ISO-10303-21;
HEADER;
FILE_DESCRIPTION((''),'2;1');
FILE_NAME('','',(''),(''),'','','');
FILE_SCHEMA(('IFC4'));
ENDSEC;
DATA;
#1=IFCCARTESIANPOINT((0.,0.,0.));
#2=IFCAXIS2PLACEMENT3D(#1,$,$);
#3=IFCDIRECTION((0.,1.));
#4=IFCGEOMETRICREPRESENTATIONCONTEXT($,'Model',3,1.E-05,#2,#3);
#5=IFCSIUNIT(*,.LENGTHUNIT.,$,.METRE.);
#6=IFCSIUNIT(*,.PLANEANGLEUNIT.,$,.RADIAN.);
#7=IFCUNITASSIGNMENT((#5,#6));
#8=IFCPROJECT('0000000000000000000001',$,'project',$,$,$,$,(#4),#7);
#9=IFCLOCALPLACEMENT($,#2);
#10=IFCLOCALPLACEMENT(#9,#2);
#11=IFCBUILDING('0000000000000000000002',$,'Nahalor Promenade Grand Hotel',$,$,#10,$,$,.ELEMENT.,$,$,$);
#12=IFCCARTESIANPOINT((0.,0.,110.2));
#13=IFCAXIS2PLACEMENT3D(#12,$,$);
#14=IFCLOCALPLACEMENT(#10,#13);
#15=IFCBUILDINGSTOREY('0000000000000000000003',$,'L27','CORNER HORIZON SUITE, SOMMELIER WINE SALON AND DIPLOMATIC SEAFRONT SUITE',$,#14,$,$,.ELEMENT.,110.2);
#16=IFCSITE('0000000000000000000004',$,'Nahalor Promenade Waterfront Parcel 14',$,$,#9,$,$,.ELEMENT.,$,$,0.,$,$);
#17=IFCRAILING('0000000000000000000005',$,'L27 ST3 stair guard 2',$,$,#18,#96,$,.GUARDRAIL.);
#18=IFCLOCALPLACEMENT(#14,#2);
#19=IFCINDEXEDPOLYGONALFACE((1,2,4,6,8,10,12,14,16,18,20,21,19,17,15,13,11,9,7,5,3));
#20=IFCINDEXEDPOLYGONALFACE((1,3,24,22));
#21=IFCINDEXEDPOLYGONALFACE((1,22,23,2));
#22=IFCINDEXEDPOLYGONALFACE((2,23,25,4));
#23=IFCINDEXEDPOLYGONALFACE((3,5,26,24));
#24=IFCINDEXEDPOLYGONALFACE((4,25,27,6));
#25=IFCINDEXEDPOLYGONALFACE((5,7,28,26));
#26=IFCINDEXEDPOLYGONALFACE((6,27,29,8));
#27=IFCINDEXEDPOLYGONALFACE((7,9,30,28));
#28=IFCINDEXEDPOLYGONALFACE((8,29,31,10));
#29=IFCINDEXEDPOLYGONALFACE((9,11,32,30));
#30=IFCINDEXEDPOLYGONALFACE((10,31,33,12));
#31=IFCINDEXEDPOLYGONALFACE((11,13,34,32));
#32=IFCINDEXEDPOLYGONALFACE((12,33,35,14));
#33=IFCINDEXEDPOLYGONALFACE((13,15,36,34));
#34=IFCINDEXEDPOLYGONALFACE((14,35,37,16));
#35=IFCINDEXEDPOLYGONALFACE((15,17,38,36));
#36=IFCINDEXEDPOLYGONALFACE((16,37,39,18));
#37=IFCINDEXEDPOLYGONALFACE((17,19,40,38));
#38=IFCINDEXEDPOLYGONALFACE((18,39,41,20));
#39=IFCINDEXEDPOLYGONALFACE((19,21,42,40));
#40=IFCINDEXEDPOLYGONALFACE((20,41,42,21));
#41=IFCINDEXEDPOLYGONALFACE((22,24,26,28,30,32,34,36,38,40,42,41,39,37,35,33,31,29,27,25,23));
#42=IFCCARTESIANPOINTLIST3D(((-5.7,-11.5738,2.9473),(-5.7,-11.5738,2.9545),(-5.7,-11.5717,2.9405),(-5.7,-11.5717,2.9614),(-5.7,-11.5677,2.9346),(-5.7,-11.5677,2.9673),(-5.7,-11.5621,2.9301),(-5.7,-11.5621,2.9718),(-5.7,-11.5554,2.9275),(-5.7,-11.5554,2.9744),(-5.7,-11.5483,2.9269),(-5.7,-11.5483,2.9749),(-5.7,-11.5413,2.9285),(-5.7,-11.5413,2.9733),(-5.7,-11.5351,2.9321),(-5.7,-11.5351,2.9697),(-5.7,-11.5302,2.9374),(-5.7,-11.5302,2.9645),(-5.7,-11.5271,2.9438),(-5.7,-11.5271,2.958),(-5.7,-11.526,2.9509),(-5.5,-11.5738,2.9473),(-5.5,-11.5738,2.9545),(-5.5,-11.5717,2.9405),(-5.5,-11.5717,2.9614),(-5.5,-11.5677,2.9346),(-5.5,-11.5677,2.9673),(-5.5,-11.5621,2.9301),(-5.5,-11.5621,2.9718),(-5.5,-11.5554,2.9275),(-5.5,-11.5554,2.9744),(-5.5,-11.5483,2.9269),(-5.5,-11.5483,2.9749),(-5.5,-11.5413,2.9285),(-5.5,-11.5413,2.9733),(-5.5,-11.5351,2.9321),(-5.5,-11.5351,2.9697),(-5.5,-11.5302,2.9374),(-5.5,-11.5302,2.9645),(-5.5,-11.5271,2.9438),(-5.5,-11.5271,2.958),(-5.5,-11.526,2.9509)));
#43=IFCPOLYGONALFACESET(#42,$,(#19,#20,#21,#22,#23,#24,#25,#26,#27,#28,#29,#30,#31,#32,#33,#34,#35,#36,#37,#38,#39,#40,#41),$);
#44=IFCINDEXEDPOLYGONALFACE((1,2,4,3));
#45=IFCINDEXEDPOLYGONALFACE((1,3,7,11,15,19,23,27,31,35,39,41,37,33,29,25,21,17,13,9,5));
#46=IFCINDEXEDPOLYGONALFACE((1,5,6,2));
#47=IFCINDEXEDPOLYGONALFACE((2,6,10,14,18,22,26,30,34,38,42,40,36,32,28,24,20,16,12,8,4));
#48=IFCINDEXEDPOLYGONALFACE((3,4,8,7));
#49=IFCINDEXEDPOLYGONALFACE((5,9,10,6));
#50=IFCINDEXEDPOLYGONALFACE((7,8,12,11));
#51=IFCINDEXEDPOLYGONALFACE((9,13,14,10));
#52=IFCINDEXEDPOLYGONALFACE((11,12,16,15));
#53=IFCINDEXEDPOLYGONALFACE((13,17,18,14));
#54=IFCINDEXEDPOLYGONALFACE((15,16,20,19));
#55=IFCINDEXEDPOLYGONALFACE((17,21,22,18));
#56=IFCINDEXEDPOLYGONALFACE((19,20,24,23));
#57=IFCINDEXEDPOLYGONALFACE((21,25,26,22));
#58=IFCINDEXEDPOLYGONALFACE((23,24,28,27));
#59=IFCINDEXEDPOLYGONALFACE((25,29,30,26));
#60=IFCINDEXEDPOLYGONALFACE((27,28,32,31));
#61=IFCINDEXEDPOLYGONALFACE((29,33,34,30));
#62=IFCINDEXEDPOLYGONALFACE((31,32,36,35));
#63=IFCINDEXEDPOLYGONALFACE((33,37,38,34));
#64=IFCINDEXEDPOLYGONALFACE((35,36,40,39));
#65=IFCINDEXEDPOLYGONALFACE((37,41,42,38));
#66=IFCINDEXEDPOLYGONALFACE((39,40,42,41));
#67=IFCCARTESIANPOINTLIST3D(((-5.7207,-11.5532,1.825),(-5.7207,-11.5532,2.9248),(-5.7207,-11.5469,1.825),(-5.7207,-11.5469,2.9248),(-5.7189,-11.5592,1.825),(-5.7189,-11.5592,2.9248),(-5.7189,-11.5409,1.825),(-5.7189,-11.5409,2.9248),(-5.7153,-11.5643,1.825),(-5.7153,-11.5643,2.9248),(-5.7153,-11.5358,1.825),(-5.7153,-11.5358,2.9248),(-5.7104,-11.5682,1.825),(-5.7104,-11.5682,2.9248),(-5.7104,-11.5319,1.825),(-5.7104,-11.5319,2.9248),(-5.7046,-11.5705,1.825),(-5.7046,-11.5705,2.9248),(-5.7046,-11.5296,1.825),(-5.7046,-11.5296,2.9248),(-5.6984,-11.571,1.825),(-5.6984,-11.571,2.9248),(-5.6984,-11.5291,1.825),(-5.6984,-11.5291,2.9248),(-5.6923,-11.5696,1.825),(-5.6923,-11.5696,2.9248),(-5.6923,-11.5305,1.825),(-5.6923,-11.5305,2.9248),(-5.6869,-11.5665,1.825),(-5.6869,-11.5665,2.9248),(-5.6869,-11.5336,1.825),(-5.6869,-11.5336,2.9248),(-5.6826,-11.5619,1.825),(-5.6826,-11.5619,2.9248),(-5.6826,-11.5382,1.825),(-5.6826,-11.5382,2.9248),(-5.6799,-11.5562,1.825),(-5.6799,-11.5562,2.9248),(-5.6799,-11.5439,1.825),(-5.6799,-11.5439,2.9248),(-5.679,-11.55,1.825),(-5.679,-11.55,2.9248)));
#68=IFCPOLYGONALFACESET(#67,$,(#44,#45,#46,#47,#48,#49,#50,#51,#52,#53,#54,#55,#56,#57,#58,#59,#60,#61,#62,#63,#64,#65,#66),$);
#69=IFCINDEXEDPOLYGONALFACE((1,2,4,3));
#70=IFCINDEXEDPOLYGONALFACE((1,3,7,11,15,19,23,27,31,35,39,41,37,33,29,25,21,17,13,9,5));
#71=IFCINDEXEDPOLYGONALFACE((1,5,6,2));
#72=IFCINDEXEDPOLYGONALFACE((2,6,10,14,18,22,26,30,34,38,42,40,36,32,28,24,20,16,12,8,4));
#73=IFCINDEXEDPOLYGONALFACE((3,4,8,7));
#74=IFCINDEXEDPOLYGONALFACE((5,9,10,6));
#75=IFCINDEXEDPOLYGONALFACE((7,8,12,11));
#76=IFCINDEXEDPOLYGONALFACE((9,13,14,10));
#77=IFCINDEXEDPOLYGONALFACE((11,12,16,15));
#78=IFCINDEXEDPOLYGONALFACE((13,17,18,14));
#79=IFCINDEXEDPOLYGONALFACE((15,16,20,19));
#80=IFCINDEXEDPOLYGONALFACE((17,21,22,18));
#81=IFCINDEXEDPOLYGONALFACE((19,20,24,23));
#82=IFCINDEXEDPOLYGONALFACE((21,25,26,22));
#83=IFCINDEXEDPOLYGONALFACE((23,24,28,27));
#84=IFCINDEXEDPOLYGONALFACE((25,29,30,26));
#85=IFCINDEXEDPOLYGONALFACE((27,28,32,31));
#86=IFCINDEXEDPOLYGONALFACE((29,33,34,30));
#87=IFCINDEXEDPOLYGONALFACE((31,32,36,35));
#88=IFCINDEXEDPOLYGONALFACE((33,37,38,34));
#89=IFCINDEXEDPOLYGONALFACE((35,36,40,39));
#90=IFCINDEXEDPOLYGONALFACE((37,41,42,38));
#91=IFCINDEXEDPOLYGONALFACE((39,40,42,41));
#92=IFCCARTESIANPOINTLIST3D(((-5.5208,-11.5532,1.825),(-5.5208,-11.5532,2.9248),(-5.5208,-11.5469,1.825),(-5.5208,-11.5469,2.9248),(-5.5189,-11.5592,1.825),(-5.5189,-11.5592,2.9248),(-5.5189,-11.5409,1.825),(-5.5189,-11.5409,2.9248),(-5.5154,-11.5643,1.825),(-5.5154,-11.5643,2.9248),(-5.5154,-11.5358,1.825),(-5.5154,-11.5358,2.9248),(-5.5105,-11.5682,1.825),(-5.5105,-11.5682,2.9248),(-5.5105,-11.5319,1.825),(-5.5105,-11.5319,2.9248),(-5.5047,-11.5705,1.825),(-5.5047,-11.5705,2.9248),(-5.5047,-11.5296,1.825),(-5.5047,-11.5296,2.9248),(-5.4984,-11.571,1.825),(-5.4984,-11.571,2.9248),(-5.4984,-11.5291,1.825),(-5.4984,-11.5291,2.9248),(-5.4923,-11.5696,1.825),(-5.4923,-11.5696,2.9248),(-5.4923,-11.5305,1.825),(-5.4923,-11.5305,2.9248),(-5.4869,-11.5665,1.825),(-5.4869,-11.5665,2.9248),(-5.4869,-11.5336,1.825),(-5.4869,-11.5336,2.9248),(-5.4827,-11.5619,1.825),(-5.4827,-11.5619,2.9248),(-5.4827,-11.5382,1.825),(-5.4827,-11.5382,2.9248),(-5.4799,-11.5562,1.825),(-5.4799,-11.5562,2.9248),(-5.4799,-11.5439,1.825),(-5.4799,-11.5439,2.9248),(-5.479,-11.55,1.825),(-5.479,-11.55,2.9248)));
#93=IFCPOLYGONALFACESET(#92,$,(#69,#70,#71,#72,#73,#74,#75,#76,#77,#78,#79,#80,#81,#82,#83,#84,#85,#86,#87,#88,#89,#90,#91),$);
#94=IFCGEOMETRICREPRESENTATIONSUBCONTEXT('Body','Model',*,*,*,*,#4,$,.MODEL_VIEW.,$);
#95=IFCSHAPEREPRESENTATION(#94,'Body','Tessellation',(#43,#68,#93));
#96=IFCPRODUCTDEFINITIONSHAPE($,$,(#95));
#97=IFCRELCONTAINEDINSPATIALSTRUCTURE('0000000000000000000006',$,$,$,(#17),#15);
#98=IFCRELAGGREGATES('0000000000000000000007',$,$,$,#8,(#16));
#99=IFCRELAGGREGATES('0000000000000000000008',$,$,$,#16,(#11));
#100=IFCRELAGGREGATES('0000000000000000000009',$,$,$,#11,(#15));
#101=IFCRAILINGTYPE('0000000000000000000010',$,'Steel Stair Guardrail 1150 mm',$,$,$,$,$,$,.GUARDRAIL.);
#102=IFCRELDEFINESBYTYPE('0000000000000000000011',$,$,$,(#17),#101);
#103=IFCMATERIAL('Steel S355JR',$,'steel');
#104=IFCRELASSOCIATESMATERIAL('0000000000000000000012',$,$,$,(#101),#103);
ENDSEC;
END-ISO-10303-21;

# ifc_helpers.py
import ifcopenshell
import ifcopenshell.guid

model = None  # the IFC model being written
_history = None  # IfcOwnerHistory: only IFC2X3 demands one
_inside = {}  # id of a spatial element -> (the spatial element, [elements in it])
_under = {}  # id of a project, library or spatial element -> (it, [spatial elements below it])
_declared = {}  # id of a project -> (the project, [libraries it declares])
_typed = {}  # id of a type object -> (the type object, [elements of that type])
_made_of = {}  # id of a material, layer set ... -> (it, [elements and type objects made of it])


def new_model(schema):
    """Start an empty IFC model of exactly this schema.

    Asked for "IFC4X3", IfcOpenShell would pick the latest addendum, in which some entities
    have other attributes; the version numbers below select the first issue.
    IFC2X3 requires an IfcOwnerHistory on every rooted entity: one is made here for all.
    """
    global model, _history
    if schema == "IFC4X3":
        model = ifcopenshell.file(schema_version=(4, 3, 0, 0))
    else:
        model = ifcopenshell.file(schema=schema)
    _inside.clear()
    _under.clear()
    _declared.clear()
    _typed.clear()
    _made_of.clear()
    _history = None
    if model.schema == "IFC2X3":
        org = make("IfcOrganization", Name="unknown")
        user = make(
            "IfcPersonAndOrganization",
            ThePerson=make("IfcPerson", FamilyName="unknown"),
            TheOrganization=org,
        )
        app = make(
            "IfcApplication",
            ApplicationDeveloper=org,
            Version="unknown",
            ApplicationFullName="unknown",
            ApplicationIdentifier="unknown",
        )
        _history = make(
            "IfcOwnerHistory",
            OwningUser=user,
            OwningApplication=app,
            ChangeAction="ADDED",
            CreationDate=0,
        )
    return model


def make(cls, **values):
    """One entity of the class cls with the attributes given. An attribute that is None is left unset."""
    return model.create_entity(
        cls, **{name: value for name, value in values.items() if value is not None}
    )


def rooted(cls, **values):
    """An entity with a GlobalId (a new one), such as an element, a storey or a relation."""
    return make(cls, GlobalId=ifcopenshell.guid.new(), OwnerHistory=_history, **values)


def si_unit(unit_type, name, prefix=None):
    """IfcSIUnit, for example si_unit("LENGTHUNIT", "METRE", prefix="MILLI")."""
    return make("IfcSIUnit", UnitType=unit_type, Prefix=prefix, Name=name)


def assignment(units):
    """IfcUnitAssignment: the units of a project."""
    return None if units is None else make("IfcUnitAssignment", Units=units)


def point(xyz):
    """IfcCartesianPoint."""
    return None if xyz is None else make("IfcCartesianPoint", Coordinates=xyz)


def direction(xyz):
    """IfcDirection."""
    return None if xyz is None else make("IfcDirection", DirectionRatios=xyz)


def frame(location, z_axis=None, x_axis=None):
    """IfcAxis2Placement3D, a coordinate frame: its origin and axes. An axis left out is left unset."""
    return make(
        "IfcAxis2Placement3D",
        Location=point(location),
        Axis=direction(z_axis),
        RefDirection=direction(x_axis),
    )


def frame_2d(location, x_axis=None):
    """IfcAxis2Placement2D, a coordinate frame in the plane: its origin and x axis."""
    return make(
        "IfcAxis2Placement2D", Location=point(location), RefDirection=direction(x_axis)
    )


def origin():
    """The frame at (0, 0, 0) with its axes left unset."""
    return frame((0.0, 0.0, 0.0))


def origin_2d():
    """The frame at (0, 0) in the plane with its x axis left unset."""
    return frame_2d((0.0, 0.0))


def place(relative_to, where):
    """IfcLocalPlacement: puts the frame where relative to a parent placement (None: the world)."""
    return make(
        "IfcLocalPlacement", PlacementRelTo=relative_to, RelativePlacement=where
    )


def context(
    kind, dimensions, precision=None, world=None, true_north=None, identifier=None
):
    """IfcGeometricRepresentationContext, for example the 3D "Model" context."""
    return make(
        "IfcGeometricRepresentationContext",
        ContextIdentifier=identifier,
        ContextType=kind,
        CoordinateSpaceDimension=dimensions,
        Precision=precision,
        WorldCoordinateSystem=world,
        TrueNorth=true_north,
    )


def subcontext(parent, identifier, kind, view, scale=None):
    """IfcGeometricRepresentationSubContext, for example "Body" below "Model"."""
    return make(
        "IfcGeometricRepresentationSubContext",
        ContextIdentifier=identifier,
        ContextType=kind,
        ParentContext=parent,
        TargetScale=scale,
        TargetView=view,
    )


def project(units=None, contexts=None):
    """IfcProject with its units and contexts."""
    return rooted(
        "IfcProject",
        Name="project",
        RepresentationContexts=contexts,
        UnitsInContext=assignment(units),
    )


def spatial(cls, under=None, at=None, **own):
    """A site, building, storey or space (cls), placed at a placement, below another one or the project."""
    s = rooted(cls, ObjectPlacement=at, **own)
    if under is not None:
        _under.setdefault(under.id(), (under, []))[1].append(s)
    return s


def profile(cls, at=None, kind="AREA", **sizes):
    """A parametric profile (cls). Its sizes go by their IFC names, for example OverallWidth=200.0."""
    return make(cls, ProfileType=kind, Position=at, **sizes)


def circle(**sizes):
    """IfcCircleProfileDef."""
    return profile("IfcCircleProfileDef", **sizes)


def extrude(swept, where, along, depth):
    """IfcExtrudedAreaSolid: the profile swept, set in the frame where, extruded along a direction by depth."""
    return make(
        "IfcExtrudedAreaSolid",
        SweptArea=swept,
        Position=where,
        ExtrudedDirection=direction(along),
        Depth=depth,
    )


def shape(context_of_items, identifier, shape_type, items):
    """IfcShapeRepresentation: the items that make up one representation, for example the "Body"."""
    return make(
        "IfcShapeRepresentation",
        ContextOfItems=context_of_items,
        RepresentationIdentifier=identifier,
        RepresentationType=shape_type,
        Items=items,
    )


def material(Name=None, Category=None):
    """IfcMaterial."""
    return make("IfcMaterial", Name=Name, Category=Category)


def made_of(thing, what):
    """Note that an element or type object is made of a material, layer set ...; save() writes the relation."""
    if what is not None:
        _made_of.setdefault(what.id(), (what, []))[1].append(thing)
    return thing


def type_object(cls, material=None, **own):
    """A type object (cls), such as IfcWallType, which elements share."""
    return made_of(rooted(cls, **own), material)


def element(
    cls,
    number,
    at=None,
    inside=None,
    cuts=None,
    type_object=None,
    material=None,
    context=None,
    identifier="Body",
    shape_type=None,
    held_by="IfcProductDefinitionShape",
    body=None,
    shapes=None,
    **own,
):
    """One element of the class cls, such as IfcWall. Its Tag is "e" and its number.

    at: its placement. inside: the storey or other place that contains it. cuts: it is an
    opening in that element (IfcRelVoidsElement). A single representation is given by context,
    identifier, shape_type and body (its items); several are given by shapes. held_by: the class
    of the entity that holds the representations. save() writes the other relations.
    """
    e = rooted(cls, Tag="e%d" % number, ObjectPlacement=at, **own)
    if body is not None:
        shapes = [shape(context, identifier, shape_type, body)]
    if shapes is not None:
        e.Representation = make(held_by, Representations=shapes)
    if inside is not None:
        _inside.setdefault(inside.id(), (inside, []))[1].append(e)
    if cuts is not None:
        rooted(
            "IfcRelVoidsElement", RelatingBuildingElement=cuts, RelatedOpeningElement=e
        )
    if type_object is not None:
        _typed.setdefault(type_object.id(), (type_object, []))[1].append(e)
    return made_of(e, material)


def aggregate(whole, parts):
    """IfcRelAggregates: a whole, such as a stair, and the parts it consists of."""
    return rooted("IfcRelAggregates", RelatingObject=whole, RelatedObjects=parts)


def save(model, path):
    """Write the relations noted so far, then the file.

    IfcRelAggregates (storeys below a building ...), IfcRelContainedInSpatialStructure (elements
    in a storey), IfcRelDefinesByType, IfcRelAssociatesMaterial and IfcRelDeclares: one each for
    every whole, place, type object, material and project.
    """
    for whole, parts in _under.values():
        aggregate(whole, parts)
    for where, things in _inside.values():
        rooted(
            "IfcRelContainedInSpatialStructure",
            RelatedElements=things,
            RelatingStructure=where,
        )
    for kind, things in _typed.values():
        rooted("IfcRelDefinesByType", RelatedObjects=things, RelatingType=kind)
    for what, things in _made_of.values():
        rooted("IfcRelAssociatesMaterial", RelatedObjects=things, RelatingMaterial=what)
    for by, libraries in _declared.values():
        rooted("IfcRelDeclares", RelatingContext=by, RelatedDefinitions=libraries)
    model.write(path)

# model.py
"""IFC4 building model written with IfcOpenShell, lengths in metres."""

from ifc_helpers import new_model, si_unit, direction, frame, origin, origin_2d, place, context, subcontext, project, spatial, circle, extrude, material, type_object, element, save


model = new_model("IFC4")

# Units and contexts
model_context = context("Model", 3, precision=1e-05, world=origin(), true_north=direction((0.0, 1.0)))
body_context = subcontext(model_context, "Body", "Model", "MODEL_VIEW")
ifc_project = project(units=[si_unit("LENGTHUNIT", "METRE"), si_unit("PLANEANGLEUNIT", "RADIAN")], contexts=[model_context])

# Site, building, storey
site_placement = place(None, origin())
site = spatial("IfcSite", under=ifc_project, at=site_placement, Name="Nahalor Promenade Waterfront Parcel 14", CompositionType="ELEMENT", RefElevation=0.0)
building_placement = place(site_placement, origin())
building = spatial("IfcBuilding", under=site, at=building_placement, Name="Nahalor Promenade Grand Hotel", CompositionType="ELEMENT")
storey_placement = place(building_placement, frame((0.0, 0.0, 110.2)))
storey = spatial("IfcBuildingStorey", under=building, at=storey_placement, Name="L27", Description="CORNER HORIZON SUITE, SOMMELIER WINE SALON AND DIPLOMATIC SEAFRONT SUITE", CompositionType="ELEMENT", Elevation=110.2)

# Shared definitions
ifc_material_1 = material(Name="Steel S355JR", Category="steel")

# Railing
railing_type_1 = type_object("IfcRailingType", Name="Steel Stair Guardrail 1150 mm", PredefinedType="GUARDRAIL", material=ifc_material_1)
railing_1_placement = place(storey_placement, frame((-5.7, -11.55, 1.825)))
element("IfcRailing", 1, at=railing_1_placement, inside=storey, type_object=railing_type_1, Name="L27 ST3 stair guard 2", PredefinedType="GUARDRAIL", context=body_context, shape_type="SweptSolid", body=[
    extrude(circle(Radius=0.024, at=origin_2d()), frame((0.0, 0.0, 1.126), z_axis=(1.0, 0.0, 0.0), x_axis=(0.0, 1.0, 0.0)), (0.0, 0.0, 1.0), 0.2),
    extrude(circle(Radius=0.021, at=origin_2d()), origin(), (0.0, 0.0, 1.0), 1.0999),
    extrude(circle(Radius=0.021, at=origin_2d()), frame((0.2, 0.0, 0.0)), (0.0, 0.0, 1.0), 1.0999),
])

save(model, "model.ifc")
